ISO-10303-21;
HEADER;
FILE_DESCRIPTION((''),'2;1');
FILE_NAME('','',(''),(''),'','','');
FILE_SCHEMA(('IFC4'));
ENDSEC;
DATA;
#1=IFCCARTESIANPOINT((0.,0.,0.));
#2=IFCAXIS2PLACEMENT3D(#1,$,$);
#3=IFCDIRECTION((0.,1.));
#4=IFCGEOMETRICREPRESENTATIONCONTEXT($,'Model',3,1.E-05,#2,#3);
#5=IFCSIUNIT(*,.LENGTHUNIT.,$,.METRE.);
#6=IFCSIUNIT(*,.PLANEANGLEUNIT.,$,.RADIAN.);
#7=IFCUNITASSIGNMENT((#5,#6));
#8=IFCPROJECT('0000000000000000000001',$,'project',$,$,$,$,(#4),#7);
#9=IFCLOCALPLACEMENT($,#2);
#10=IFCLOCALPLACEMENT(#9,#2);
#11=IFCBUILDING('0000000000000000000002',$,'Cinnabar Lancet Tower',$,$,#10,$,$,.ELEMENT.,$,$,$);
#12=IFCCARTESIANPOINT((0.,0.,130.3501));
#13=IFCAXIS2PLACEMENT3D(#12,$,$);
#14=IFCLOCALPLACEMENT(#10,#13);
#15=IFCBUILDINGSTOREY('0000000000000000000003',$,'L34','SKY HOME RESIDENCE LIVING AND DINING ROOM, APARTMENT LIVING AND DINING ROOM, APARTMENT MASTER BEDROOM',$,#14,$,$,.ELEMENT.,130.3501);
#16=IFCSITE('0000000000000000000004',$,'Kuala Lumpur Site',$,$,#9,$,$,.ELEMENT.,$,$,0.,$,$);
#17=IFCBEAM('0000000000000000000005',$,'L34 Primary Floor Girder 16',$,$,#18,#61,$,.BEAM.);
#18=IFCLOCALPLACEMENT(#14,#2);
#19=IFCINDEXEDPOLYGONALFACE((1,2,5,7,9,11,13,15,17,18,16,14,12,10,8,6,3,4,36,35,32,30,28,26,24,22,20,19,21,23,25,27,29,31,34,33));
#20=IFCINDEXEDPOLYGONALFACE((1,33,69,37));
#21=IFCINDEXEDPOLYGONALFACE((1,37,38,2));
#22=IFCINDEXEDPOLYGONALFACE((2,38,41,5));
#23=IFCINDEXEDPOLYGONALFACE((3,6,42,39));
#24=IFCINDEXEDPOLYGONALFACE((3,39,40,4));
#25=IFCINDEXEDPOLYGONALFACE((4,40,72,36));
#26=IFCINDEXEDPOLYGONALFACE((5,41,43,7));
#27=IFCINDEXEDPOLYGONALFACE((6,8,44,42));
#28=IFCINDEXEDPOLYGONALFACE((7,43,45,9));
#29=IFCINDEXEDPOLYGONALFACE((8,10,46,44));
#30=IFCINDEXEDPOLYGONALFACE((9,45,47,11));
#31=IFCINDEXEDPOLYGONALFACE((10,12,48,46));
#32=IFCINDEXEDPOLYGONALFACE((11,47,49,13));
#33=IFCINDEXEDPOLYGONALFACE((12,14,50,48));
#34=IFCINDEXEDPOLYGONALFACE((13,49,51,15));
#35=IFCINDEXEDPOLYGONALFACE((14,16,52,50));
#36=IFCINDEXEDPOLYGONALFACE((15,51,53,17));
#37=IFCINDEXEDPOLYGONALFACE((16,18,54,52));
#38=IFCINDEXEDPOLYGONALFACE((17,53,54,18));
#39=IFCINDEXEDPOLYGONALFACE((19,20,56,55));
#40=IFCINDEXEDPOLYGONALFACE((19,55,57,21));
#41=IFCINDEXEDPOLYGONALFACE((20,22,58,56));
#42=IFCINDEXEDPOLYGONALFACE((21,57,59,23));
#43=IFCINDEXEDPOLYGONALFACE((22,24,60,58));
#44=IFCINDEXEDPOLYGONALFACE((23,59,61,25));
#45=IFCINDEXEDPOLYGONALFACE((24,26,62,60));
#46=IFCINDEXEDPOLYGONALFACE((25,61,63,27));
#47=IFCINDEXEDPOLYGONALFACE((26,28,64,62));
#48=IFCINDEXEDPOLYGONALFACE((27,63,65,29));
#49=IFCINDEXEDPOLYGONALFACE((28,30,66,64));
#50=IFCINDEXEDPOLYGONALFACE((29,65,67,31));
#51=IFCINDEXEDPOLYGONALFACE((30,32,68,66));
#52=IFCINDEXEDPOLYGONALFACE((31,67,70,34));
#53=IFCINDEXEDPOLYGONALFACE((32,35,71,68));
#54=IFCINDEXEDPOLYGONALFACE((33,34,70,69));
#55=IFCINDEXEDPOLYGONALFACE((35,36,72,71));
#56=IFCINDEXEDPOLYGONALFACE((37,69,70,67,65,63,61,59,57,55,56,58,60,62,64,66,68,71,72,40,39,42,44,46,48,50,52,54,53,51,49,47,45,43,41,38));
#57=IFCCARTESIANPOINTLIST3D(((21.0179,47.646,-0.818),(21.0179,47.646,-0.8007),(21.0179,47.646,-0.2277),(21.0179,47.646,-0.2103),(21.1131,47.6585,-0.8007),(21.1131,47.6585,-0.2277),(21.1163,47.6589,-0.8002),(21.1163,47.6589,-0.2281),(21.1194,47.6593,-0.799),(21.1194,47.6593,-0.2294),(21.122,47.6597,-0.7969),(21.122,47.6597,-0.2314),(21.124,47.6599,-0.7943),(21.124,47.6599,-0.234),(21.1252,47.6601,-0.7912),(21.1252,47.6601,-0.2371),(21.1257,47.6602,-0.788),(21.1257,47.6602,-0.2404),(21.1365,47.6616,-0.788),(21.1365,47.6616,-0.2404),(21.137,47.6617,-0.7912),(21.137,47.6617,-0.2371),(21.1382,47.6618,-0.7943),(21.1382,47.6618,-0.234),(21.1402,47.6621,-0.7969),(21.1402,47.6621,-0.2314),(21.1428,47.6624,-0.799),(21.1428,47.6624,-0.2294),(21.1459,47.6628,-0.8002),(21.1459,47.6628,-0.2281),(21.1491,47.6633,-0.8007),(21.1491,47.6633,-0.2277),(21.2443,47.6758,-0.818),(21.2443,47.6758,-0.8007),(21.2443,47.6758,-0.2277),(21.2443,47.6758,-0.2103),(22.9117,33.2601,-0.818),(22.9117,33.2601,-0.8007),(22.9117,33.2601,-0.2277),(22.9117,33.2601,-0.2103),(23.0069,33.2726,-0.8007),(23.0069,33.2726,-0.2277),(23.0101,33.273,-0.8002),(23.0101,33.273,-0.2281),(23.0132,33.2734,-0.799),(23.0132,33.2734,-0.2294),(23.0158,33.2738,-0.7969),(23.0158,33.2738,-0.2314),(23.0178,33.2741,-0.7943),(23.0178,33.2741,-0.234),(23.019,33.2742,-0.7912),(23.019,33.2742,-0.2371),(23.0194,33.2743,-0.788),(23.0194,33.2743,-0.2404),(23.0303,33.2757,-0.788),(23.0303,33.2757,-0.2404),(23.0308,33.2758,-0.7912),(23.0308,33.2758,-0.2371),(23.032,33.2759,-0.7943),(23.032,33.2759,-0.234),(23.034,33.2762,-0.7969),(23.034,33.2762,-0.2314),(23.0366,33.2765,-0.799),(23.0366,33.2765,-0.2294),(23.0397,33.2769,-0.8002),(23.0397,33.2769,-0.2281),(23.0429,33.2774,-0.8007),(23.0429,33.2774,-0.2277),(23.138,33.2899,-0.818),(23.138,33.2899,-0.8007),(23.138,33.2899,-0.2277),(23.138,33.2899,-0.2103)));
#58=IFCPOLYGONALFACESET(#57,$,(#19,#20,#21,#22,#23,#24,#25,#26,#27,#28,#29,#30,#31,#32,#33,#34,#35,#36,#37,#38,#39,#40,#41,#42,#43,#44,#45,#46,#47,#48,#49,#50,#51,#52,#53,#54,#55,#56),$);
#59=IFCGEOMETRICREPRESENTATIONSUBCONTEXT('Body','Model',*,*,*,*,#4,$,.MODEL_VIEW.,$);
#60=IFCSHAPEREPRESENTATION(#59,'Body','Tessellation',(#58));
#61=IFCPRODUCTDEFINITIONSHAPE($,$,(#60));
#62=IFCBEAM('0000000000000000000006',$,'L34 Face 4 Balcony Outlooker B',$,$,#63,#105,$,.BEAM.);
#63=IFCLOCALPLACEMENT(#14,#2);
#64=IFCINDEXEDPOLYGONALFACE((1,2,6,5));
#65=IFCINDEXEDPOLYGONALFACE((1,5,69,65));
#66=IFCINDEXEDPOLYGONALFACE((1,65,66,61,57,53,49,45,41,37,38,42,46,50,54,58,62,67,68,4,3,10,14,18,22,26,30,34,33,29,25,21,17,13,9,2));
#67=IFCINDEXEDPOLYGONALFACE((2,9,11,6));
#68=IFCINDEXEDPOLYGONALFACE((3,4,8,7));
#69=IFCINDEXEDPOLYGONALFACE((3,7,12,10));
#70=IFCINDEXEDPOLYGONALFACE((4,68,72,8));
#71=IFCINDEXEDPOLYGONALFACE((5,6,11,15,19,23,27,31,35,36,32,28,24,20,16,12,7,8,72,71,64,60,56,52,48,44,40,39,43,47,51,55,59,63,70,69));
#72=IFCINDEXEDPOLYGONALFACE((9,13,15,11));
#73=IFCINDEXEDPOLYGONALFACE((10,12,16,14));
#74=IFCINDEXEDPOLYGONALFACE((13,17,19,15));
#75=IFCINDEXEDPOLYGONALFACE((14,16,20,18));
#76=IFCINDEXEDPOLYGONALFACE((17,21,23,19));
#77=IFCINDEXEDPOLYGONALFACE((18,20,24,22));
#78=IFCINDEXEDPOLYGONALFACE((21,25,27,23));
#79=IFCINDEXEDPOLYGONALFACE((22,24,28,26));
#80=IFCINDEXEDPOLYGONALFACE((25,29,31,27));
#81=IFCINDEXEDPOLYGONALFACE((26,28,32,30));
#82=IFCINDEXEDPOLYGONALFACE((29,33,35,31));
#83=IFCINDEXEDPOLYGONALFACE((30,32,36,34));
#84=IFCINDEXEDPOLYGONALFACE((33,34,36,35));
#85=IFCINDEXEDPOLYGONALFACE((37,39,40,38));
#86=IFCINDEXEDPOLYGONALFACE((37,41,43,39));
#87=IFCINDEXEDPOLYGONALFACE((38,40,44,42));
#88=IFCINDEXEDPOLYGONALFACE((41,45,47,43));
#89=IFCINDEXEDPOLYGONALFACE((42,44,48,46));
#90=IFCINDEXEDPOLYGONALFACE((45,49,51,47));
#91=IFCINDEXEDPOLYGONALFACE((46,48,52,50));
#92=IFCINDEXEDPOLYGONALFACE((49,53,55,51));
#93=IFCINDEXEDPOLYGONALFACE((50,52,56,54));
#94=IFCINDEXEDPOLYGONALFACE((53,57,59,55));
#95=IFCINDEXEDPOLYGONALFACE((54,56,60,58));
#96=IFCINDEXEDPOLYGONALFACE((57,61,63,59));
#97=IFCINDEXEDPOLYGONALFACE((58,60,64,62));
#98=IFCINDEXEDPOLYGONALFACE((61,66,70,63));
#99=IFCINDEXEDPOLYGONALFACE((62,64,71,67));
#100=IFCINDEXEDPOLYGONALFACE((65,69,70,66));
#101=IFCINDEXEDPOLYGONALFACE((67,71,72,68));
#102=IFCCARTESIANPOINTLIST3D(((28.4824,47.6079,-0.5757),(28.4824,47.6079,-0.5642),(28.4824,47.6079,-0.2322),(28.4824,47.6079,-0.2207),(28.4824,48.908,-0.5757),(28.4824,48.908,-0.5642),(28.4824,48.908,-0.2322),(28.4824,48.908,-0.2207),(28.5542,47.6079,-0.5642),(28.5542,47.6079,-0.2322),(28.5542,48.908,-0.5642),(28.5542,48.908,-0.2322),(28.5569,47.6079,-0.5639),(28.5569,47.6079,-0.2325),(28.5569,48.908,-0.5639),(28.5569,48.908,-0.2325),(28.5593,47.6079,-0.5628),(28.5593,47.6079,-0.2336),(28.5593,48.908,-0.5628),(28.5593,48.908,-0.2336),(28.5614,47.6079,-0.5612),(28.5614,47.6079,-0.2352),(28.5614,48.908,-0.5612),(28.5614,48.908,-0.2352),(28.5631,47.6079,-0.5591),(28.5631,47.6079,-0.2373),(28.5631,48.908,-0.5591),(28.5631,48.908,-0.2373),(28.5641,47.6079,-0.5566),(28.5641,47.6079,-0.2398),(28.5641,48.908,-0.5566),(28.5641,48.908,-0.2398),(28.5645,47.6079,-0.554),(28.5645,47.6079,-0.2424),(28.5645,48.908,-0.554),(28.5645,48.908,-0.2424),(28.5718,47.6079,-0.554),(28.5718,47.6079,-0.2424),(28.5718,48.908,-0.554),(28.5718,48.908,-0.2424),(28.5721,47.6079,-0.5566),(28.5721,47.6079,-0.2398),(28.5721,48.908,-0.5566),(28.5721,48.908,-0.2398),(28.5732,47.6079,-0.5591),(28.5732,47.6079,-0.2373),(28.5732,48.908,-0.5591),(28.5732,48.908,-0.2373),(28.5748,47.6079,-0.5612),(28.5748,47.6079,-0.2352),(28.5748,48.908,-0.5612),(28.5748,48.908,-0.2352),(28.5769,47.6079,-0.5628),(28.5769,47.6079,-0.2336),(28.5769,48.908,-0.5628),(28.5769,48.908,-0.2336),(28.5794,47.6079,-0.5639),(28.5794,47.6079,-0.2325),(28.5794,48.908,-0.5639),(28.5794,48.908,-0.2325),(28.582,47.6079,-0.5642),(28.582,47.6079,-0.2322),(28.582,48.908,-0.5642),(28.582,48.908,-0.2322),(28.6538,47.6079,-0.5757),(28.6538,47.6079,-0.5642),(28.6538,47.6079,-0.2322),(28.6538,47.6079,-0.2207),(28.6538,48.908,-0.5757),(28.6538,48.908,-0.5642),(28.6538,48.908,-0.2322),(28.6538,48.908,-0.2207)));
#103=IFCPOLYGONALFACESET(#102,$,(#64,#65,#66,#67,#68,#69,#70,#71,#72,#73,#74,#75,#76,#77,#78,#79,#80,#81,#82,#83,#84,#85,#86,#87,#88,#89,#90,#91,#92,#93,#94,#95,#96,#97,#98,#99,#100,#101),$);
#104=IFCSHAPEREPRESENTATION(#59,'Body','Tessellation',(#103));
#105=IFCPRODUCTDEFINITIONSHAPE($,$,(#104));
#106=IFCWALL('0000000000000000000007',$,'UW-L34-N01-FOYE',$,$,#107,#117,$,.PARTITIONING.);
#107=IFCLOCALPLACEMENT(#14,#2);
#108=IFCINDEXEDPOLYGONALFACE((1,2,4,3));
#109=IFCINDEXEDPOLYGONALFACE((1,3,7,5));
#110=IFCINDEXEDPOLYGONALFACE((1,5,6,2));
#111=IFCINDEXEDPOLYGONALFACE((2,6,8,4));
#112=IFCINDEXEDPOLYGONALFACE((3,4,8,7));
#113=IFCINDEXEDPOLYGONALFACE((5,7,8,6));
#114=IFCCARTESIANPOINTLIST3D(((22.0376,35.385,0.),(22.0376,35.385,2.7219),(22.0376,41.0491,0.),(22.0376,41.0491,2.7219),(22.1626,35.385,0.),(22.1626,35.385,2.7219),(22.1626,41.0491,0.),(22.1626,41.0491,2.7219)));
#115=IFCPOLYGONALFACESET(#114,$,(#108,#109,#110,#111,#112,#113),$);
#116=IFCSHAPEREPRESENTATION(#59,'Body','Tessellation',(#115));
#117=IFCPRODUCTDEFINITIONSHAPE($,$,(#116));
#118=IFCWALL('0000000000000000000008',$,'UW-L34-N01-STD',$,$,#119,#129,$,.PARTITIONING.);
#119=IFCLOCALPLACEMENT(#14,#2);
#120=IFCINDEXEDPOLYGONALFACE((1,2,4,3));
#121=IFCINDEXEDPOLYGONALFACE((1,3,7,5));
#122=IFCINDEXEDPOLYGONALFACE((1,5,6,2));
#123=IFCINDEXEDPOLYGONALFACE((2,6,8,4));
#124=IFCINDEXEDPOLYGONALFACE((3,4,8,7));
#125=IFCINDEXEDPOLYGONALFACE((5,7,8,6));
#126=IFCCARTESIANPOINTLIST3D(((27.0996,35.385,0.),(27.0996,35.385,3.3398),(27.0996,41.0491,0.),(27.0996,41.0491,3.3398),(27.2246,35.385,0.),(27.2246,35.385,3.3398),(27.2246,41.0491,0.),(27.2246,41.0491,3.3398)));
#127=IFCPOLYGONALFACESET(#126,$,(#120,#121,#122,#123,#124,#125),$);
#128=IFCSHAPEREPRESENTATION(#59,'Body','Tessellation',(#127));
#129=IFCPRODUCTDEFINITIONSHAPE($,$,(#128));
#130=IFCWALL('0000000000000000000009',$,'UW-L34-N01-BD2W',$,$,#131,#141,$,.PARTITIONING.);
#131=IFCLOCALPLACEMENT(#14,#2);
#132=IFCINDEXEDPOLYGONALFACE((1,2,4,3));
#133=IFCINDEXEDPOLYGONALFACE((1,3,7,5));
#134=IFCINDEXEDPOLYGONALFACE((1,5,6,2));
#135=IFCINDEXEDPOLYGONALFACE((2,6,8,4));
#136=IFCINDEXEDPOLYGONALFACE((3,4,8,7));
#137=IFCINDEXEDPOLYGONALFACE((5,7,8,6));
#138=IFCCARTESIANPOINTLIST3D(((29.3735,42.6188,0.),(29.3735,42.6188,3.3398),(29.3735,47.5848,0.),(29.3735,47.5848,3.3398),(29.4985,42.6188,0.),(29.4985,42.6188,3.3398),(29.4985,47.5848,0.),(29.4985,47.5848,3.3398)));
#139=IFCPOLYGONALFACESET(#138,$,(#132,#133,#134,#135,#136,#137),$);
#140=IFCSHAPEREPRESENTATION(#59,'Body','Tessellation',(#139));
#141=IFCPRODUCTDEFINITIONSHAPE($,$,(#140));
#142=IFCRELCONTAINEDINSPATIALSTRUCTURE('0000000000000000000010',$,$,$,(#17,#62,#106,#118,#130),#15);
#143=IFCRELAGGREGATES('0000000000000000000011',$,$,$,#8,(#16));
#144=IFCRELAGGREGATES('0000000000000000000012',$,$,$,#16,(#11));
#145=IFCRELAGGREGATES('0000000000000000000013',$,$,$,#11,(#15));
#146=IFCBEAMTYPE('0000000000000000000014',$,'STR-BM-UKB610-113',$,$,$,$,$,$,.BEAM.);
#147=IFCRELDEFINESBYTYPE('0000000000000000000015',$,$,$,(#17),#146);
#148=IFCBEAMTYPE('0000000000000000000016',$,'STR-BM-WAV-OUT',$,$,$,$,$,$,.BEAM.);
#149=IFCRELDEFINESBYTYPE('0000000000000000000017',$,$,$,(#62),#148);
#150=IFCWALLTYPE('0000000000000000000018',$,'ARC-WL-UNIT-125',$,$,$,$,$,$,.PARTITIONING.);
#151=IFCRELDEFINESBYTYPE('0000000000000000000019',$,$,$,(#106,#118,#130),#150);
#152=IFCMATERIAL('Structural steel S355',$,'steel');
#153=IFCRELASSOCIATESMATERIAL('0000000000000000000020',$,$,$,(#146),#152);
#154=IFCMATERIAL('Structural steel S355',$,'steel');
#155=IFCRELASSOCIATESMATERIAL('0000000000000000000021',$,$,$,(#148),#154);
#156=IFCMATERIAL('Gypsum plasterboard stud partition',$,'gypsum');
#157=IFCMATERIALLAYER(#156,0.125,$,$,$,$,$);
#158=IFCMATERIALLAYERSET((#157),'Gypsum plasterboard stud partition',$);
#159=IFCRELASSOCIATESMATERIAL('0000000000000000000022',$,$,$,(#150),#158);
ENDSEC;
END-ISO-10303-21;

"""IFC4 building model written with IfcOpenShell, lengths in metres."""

from ifc_helpers import new_model, si_unit, direction, frame, frame_2d, origin, origin_2d, place, context, subcontext, project, spatial, rectangle, i_section, extrude, material, layer, layer_set, material_profile, profile_set, type_object, element, save


model = new_model("IFC4")

# Units and contexts
model_context = context("Model", 3, precision=1e-05, world=origin(), true_north=direction((0.0, 1.0)))
body_context = subcontext(model_context, "Body", "Model", "MODEL_VIEW")
ifc_project = project(units=[si_unit("LENGTHUNIT", "METRE"), si_unit("PLANEANGLEUNIT", "RADIAN")], contexts=[model_context])

# Site, building, storey
site_placement = place(None, origin())
site = spatial("IfcSite", under=ifc_project, at=site_placement, Name="Kuala Lumpur Site", CompositionType="ELEMENT", RefElevation=0.0)
building_placement = place(site_placement, origin())
building = spatial("IfcBuilding", under=site, at=building_placement, Name="Cinnabar Lancet Tower", CompositionType="ELEMENT")
storey_placement = place(building_placement, frame((0.0, 0.0, 130.3501)))
storey = spatial("IfcBuildingStorey", under=building, at=storey_placement, Name="L34", Description="SKY HOME RESIDENCE LIVING AND DINING ROOM, APARTMENT LIVING AND DINING ROOM, APARTMENT MASTER BEDROOM", CompositionType="ELEMENT", Elevation=130.3501)

# Beams
ifc_material_1 = material(Name="Structural steel S355", Category="steel")
ifc_material_profile_1 = material_profile(ifc_material_1, i_section(OverallWidth=0.2283, OverallDepth=0.6077, WebThickness=0.011, FlangeThickness=0.0173, FilletRadius=0.0127, at=origin_2d()), Name="UKB 610x229x113")
ifc_profile_set_1 = profile_set([ifc_material_profile_1], Name="Structural steel S355")
beam_type_1 = type_object("IfcBeamType", Name="STR-BM-UKB610-113", PredefinedType="BEAM", material=ifc_profile_set_1)
beam_1_placement = place(storey_placement, frame((21.1311, 47.6609, -0.5142), z_axis=(0.130516, -0.991446, 0.0), x_axis=(0.991446, 0.130516, 0.0)))
element("IfcBeam", 1, at=beam_1_placement, inside=storey, type_object=beam_type_1, Name="L34 Primary Floor Girder 16", PredefinedType="BEAM", context=body_context, shape_type="SweptSolid", body=[
    extrude(i_section(OverallWidth=0.2283, OverallDepth=0.6077, WebThickness=0.011, FlangeThickness=0.0173, FilletRadius=0.0127, at=origin_2d()), origin(), (0.0, 0.0, 1.0), 14.51),
])
ifc_material_2 = material(Name="Structural steel S355", Category="steel")
ifc_material_profile_2 = material_profile(ifc_material_2, i_section(OverallWidth=0.1714, OverallDepth=0.355, WebThickness=0.0073, FlangeThickness=0.0115, FilletRadius=0.0103, at=origin_2d()), Name="UKB 356x171x51")
ifc_profile_set_2 = profile_set([ifc_material_profile_2], Name="Structural steel S355")
beam_type_2 = type_object("IfcBeamType", Name="STR-BM-WAV-OUT", PredefinedType="BEAM", material=ifc_profile_set_2)
beam_2_placement = place(storey_placement, frame((28.5681, 47.6079, -0.3982), z_axis=(0.0, 1.0, 0.0), x_axis=(-1.0, 0.0, 0.0)))
element("IfcBeam", 2, at=beam_2_placement, inside=storey, type_object=beam_type_2, Name="L34 Face 4 Balcony Outlooker B", PredefinedType="BEAM", context=body_context, shape_type="SweptSolid", body=[
    extrude(i_section(OverallWidth=0.1714, OverallDepth=0.355, WebThickness=0.0073, FlangeThickness=0.0115, FilletRadius=0.0103, at=origin_2d()), origin(), (0.0, 0.0, 1.0), 1.3),
])

# Walls
ifc_material_3 = material(Name="Gypsum plasterboard stud partition", Category="gypsum")
ifc_layer_1 = layer(ifc_material_3, 0.125)
ifc_layer_set_1 = layer_set([ifc_layer_1], Name="Gypsum plasterboard stud partition")
wall_type_1 = type_object("IfcWallType", Name="ARC-WL-UNIT-125", PredefinedType="PARTITIONING", material=ifc_layer_set_1)
wall_1_placement = place(storey_placement, frame((22.1001, 35.385, 0.0), z_axis=(0.0, 0.0, 1.0), x_axis=(0.0, 1.0, 0.0)))
element("IfcWall", 3, at=wall_1_placement, inside=storey, type_object=wall_type_1, Name="UW-L34-N01-FOYE", PredefinedType="PARTITIONING", context=body_context, shape_type="SweptSolid", body=[
    extrude(rectangle(XDim=5.6641, YDim=0.125, at=frame_2d((2.832, 0.0))), origin(), (0.0, 0.0, 1.0), 2.7219),
])
wall_2_placement = place(storey_placement, frame((27.1621, 35.385, 0.0), z_axis=(0.0, 0.0, 1.0), x_axis=(0.0, 1.0, 0.0)))
element("IfcWall", 4, at=wall_2_placement, inside=storey, type_object=wall_type_1, Name="UW-L34-N01-STD", PredefinedType="PARTITIONING", context=body_context, shape_type="SweptSolid", body=[
    extrude(rectangle(XDim=5.6641, YDim=0.125, at=frame_2d((2.832, 0.0))), origin(), (0.0, 0.0, 1.0), 3.3398),
])
wall_3_placement = place(storey_placement, frame((29.436, 42.6189, 0.0), z_axis=(0.0, 0.0, 1.0), x_axis=(0.0, 1.0, 0.0)))
element("IfcWall", 5, at=wall_3_placement, inside=storey, type_object=wall_type_1, Name="UW-L34-N01-BD2W", PredefinedType="PARTITIONING", context=body_context, shape_type="SweptSolid", body=[
    extrude(rectangle(XDim=4.9661, YDim=0.125, at=frame_2d((2.4829, 0.0))), origin(), (0.0, 0.0, 1.0), 3.3398),
])

save(model, "model.ifc")
